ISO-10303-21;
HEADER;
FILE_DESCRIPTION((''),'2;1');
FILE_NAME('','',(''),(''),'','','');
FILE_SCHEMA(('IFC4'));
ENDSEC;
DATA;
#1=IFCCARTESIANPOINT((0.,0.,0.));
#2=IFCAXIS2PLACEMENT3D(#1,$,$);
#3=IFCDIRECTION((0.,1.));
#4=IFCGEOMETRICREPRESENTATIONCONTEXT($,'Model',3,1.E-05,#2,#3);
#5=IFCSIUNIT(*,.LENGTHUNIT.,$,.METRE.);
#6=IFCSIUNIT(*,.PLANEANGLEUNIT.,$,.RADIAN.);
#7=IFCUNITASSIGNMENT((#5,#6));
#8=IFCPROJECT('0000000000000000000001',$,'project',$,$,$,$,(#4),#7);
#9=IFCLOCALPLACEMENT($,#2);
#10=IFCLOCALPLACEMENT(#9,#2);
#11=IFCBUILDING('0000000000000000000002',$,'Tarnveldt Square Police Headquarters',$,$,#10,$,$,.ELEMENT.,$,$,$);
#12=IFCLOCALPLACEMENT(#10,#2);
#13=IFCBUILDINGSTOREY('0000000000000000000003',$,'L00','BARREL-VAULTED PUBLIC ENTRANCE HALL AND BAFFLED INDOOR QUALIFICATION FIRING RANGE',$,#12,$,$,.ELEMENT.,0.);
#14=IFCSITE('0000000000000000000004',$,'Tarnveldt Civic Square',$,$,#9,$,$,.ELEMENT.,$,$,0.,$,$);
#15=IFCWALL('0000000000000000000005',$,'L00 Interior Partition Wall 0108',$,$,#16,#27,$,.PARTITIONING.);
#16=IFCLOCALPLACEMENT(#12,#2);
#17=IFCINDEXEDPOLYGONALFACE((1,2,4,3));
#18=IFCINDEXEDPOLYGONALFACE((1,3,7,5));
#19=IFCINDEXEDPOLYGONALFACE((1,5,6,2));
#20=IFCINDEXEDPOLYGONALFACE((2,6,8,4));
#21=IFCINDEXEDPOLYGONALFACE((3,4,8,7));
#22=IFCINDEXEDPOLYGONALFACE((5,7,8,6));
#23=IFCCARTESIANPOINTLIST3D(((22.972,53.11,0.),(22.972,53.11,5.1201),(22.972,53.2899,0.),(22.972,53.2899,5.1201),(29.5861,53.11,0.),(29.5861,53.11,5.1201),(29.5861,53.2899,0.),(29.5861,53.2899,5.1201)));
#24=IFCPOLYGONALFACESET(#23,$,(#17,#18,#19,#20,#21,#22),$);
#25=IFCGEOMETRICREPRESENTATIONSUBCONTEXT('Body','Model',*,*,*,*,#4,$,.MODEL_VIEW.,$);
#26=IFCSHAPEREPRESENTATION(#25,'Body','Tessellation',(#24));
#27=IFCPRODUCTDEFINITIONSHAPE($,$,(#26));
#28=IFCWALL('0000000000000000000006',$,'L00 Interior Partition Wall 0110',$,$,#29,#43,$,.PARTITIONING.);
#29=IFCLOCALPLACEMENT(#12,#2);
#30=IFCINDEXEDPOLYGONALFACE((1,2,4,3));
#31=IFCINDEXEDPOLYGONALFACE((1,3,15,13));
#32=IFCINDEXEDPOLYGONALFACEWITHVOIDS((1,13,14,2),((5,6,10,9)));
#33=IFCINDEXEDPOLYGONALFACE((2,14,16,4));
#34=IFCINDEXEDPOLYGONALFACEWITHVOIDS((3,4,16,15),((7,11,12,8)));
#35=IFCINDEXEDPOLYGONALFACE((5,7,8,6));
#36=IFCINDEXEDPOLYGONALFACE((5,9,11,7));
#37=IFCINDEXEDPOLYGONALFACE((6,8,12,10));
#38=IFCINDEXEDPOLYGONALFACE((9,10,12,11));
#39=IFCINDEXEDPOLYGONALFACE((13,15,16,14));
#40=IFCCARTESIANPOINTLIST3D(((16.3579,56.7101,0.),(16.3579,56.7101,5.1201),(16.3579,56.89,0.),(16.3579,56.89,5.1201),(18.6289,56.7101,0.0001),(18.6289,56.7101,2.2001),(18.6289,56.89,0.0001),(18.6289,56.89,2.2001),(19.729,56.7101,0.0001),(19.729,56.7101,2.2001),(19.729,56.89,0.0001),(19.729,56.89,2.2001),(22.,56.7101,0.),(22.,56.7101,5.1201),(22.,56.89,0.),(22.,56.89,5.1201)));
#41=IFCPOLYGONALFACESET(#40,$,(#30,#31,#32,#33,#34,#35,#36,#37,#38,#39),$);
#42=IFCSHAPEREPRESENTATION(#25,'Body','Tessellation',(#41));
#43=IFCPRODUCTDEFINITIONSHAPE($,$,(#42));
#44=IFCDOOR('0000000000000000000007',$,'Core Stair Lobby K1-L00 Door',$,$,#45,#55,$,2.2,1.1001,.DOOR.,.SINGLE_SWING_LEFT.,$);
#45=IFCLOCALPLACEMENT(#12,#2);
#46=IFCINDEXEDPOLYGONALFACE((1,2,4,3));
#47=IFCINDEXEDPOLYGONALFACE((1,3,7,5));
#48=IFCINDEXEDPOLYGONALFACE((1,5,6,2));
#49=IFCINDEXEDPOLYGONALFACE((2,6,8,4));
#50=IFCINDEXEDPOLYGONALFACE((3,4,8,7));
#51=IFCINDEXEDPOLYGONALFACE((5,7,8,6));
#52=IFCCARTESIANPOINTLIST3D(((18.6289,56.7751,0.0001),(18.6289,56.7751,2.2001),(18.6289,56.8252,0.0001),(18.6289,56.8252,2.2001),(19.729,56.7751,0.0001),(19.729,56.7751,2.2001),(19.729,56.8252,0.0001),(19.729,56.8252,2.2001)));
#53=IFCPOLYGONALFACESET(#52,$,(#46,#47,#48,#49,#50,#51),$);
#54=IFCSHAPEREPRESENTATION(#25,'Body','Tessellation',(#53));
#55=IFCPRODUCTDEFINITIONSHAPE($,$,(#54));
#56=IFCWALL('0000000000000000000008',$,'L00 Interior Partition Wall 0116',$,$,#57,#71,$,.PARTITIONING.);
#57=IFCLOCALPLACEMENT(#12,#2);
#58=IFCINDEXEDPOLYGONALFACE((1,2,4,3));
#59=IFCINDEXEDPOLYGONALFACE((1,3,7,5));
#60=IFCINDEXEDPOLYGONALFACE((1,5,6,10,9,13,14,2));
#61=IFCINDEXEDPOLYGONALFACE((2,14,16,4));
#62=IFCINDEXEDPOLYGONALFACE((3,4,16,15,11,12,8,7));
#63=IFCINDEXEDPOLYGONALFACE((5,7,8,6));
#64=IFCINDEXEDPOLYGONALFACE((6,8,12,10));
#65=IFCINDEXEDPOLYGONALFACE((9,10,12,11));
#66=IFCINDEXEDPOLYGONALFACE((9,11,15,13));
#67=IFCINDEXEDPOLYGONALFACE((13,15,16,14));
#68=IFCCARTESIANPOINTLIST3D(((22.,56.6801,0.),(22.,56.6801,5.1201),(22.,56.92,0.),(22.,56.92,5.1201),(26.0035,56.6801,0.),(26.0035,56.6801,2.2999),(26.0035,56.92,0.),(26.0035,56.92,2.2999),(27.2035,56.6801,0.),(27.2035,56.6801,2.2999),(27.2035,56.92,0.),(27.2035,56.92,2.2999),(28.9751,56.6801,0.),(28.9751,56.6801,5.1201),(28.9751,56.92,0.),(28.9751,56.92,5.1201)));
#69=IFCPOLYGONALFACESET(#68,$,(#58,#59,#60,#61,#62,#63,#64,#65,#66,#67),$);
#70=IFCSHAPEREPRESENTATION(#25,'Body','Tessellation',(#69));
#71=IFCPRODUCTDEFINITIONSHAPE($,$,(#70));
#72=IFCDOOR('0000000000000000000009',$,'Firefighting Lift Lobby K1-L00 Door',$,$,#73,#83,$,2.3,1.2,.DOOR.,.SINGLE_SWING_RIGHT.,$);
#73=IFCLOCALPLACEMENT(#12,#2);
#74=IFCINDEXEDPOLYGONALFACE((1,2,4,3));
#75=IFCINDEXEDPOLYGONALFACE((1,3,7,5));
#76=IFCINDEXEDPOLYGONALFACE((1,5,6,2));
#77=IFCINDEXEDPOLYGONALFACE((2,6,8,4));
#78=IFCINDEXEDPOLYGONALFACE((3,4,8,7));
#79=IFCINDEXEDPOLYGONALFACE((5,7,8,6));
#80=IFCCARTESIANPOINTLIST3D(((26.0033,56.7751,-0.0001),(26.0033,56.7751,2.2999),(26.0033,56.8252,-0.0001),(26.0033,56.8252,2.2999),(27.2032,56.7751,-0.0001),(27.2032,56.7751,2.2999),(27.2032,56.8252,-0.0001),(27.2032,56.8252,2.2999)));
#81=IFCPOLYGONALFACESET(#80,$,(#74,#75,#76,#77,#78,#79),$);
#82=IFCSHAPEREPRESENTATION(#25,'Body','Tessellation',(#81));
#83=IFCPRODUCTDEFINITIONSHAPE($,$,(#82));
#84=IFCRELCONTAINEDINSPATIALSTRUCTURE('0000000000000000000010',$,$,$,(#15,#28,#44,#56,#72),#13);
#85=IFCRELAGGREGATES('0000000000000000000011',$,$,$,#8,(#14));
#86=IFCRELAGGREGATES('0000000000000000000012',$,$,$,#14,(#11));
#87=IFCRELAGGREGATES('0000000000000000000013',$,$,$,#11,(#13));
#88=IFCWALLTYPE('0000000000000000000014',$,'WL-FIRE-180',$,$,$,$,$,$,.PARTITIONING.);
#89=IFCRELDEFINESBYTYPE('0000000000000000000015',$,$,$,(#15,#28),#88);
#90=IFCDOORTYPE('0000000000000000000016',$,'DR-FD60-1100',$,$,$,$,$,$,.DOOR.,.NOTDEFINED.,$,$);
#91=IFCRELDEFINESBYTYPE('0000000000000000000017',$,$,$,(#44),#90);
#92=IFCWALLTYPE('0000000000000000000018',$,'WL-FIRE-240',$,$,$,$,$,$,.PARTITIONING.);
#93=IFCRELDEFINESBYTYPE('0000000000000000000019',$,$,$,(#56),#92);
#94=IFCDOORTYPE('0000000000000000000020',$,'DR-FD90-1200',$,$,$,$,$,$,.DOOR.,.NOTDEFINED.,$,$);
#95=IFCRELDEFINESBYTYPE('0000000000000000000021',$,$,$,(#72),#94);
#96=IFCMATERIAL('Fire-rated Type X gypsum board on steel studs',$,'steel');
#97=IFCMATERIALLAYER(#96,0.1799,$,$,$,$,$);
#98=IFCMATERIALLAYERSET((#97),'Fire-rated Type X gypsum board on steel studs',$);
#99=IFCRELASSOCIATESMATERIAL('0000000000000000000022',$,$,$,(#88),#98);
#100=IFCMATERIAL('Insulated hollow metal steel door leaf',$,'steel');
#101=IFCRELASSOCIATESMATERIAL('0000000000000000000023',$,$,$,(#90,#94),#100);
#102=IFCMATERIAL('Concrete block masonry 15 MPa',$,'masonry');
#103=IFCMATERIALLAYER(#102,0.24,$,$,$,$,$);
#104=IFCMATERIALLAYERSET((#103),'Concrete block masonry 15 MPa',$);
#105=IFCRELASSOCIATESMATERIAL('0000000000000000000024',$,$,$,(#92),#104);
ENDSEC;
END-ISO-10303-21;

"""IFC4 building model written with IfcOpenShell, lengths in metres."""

from ifc_helpers import new_model, si_unit, direction, frame, frame_2d, origin, place, context, subcontext, project, spatial, rectangle, extrude, material, layer, layer_set, type_object, element, fill, save


model = new_model("IFC4")

# Units and contexts
model_context = context("Model", 3, precision=1e-05, world=origin(), true_north=direction((0.0, 1.0)))
body_context = subcontext(model_context, "Body", "Model", "MODEL_VIEW")
ifc_project = project(units=[si_unit("LENGTHUNIT", "METRE"), si_unit("PLANEANGLEUNIT", "RADIAN")], contexts=[model_context])

# Site, building, storey
site_placement = place(None, origin())
site = spatial("IfcSite", under=ifc_project, at=site_placement, Name="Tarnveldt Civic Square", CompositionType="ELEMENT", RefElevation=0.0)
building_placement = place(site_placement, origin())
building = spatial("IfcBuilding", under=site, at=building_placement, Name="Tarnveldt Square Police Headquarters", CompositionType="ELEMENT")
storey_placement = place(building_placement, origin())
storey = spatial("IfcBuildingStorey", under=building, at=storey_placement, Name="L00", Description="BARREL-VAULTED PUBLIC ENTRANCE HALL AND BAFFLED INDOOR QUALIFICATION FIRING RANGE", CompositionType="ELEMENT", Elevation=0.0)

# Wall
ifc_material_1 = material(Name="Fire-rated Type X gypsum board on steel studs", Category="steel")
ifc_layer_1 = layer(ifc_material_1, 0.1799)
ifc_layer_set_1 = layer_set([ifc_layer_1], Name="Fire-rated Type X gypsum board on steel studs")
wall_type_1 = type_object("IfcWallType", Name="WL-FIRE-180", PredefinedType="PARTITIONING", material=ifc_layer_set_1)
for number, where, z_axis, x_axis, name in (
    (1, (22.9719, 53.2, 0.0), (0.0, 0.0, 1.0), (1.0, 0.0, 0.0), "L00 Interior Partition Wall 0108"),
):
    element("IfcWall", number, at=place(storey_placement, frame(where, z_axis=z_axis, x_axis=x_axis)), inside=storey, type_object=wall_type_1, Name=name, PredefinedType="PARTITIONING", context=body_context, shape_type="SweptSolid", body=[
        extrude(rectangle(XDim=6.614, YDim=0.1799, at=frame_2d((3.3071, 0.0))), origin(), (0.0, 0.0, 1.0), 5.1201),
    ])

# Walls, openings, doors
wall_1_placement = place(storey_placement, frame((16.3579, 56.8, 0.0), z_axis=(0.0, 0.0, 1.0), x_axis=(1.0, 0.0, 0.0)))
wall_1 = element("IfcWall", 2, at=wall_1_placement, inside=storey, type_object=wall_type_1, Name="L00 Interior Partition Wall 0110", PredefinedType="PARTITIONING", context=body_context, shape_type="SweptSolid", body=[
    extrude(rectangle(XDim=5.6421, YDim=0.1799, at=frame_2d((2.821, 0.0))), origin(), (0.0, 0.0, 1.0), 5.1201),
])
opening_1_placement = place(wall_1_placement, frame((2.271, 0.0, 0.0)))
opening_1 = element("IfcOpeningElement", 3, at=opening_1_placement, cuts=wall_1, PredefinedType="OPENING", context=body_context, shape_type="SweptSolid", body=[
    extrude(rectangle(XDim=1.1001, YDim=2.2, at=frame_2d((0.55, 1.1001))), frame((0.0, 0.0999, 0.0), z_axis=(0.0, -1.0, 0.0), x_axis=(1.0, 0.0, 0.0)), (0.0, 0.0, 1.0), 0.2),
])
ifc_material_2 = material(Name="Insulated hollow metal steel door leaf", Category="steel")
door_type_1 = type_object("IfcDoorType", Name="DR-FD60-1100", OperationType="NOTDEFINED", PredefinedType="DOOR", material=ifc_material_2)
door_1_placement = place(opening_1_placement, frame((1.1001, 0.0, 0.0), z_axis=(0.0, 0.0, 1.0), x_axis=(-1.0, 0.0, 0.0)))
door_1 = element("IfcDoor", 4, at=door_1_placement, inside=storey, type_object=door_type_1, Name="Core Stair Lobby K1-L00 Door", OperationType="SINGLE_SWING_LEFT", OverallHeight=2.2, OverallWidth=1.1001, PredefinedType="DOOR", context=body_context, shape_type="SweptSolid", body=[
    extrude(rectangle(XDim=1.1001, YDim=2.2, at=frame_2d((0.55, 1.1001))), frame((0.0, 0.0249, 0.0), z_axis=(0.0, -1.0, 0.0), x_axis=(1.0, 0.0, 0.0)), (0.0, 0.0, 1.0), 0.05),
])
fill(opening_1, door_1)
ifc_material_3 = material(Name="Concrete block masonry 15 MPa", Category="masonry")
ifc_layer_2 = layer(ifc_material_3, 0.24)
ifc_layer_set_2 = layer_set([ifc_layer_2], Name="Concrete block masonry 15 MPa")
wall_type_2 = type_object("IfcWallType", Name="WL-FIRE-240", PredefinedType="PARTITIONING", material=ifc_layer_set_2)
wall_2_placement = place(storey_placement, frame((22.0, 56.8, 0.0), z_axis=(0.0, 0.0, 1.0), x_axis=(1.0, 0.0, 0.0)))
wall_2 = element("IfcWall", 5, at=wall_2_placement, inside=storey, type_object=wall_type_2, Name="L00 Interior Partition Wall 0116", PredefinedType="PARTITIONING", context=body_context, shape_type="SweptSolid", body=[
    extrude(rectangle(XDim=6.9751, YDim=0.24, at=frame_2d((3.4875, 0.0))), origin(), (0.0, 0.0, 1.0), 5.1201),
])
opening_2_placement = place(wall_2_placement, frame((4.0034, 0.0, 0.0)))
opening_2 = element("IfcOpeningElement", 6, at=opening_2_placement, cuts=wall_2, PredefinedType="OPENING", context=body_context, shape_type="SweptSolid", body=[
    extrude(rectangle(XDim=1.2, YDim=2.3, at=frame_2d((0.6001, 1.1499))), frame((0.0, 0.1299, 0.0), z_axis=(0.0, -1.0, 0.0), x_axis=(1.0, 0.0, 0.0)), (0.0, 0.0, 1.0), 0.26),
])
door_type_2 = type_object("IfcDoorType", Name="DR-FD90-1200", OperationType="NOTDEFINED", PredefinedType="DOOR", material=ifc_material_2)
door_2_placement = place(opening_2_placement, frame((1.2, 0.0, 0.0), z_axis=(0.0, 0.0, 1.0), x_axis=(-1.0, 0.0, 0.0)))
door_2 = element("IfcDoor", 7, at=door_2_placement, inside=storey, type_object=door_type_2, Name="Firefighting Lift Lobby K1-L00 Door", OperationType="SINGLE_SWING_RIGHT", OverallHeight=2.3, OverallWidth=1.2, PredefinedType="DOOR", context=body_context, shape_type="SweptSolid", body=[
    extrude(rectangle(XDim=1.2, YDim=2.3, at=frame_2d((0.6001, 1.1499))), frame((0.0, 0.0249, 0.0), z_axis=(0.0, -1.0, 0.0), x_axis=(1.0, 0.0, 0.0)), (0.0, 0.0, 1.0), 0.05),
])
fill(opening_2, door_2)

save(model, "model.ifc")
